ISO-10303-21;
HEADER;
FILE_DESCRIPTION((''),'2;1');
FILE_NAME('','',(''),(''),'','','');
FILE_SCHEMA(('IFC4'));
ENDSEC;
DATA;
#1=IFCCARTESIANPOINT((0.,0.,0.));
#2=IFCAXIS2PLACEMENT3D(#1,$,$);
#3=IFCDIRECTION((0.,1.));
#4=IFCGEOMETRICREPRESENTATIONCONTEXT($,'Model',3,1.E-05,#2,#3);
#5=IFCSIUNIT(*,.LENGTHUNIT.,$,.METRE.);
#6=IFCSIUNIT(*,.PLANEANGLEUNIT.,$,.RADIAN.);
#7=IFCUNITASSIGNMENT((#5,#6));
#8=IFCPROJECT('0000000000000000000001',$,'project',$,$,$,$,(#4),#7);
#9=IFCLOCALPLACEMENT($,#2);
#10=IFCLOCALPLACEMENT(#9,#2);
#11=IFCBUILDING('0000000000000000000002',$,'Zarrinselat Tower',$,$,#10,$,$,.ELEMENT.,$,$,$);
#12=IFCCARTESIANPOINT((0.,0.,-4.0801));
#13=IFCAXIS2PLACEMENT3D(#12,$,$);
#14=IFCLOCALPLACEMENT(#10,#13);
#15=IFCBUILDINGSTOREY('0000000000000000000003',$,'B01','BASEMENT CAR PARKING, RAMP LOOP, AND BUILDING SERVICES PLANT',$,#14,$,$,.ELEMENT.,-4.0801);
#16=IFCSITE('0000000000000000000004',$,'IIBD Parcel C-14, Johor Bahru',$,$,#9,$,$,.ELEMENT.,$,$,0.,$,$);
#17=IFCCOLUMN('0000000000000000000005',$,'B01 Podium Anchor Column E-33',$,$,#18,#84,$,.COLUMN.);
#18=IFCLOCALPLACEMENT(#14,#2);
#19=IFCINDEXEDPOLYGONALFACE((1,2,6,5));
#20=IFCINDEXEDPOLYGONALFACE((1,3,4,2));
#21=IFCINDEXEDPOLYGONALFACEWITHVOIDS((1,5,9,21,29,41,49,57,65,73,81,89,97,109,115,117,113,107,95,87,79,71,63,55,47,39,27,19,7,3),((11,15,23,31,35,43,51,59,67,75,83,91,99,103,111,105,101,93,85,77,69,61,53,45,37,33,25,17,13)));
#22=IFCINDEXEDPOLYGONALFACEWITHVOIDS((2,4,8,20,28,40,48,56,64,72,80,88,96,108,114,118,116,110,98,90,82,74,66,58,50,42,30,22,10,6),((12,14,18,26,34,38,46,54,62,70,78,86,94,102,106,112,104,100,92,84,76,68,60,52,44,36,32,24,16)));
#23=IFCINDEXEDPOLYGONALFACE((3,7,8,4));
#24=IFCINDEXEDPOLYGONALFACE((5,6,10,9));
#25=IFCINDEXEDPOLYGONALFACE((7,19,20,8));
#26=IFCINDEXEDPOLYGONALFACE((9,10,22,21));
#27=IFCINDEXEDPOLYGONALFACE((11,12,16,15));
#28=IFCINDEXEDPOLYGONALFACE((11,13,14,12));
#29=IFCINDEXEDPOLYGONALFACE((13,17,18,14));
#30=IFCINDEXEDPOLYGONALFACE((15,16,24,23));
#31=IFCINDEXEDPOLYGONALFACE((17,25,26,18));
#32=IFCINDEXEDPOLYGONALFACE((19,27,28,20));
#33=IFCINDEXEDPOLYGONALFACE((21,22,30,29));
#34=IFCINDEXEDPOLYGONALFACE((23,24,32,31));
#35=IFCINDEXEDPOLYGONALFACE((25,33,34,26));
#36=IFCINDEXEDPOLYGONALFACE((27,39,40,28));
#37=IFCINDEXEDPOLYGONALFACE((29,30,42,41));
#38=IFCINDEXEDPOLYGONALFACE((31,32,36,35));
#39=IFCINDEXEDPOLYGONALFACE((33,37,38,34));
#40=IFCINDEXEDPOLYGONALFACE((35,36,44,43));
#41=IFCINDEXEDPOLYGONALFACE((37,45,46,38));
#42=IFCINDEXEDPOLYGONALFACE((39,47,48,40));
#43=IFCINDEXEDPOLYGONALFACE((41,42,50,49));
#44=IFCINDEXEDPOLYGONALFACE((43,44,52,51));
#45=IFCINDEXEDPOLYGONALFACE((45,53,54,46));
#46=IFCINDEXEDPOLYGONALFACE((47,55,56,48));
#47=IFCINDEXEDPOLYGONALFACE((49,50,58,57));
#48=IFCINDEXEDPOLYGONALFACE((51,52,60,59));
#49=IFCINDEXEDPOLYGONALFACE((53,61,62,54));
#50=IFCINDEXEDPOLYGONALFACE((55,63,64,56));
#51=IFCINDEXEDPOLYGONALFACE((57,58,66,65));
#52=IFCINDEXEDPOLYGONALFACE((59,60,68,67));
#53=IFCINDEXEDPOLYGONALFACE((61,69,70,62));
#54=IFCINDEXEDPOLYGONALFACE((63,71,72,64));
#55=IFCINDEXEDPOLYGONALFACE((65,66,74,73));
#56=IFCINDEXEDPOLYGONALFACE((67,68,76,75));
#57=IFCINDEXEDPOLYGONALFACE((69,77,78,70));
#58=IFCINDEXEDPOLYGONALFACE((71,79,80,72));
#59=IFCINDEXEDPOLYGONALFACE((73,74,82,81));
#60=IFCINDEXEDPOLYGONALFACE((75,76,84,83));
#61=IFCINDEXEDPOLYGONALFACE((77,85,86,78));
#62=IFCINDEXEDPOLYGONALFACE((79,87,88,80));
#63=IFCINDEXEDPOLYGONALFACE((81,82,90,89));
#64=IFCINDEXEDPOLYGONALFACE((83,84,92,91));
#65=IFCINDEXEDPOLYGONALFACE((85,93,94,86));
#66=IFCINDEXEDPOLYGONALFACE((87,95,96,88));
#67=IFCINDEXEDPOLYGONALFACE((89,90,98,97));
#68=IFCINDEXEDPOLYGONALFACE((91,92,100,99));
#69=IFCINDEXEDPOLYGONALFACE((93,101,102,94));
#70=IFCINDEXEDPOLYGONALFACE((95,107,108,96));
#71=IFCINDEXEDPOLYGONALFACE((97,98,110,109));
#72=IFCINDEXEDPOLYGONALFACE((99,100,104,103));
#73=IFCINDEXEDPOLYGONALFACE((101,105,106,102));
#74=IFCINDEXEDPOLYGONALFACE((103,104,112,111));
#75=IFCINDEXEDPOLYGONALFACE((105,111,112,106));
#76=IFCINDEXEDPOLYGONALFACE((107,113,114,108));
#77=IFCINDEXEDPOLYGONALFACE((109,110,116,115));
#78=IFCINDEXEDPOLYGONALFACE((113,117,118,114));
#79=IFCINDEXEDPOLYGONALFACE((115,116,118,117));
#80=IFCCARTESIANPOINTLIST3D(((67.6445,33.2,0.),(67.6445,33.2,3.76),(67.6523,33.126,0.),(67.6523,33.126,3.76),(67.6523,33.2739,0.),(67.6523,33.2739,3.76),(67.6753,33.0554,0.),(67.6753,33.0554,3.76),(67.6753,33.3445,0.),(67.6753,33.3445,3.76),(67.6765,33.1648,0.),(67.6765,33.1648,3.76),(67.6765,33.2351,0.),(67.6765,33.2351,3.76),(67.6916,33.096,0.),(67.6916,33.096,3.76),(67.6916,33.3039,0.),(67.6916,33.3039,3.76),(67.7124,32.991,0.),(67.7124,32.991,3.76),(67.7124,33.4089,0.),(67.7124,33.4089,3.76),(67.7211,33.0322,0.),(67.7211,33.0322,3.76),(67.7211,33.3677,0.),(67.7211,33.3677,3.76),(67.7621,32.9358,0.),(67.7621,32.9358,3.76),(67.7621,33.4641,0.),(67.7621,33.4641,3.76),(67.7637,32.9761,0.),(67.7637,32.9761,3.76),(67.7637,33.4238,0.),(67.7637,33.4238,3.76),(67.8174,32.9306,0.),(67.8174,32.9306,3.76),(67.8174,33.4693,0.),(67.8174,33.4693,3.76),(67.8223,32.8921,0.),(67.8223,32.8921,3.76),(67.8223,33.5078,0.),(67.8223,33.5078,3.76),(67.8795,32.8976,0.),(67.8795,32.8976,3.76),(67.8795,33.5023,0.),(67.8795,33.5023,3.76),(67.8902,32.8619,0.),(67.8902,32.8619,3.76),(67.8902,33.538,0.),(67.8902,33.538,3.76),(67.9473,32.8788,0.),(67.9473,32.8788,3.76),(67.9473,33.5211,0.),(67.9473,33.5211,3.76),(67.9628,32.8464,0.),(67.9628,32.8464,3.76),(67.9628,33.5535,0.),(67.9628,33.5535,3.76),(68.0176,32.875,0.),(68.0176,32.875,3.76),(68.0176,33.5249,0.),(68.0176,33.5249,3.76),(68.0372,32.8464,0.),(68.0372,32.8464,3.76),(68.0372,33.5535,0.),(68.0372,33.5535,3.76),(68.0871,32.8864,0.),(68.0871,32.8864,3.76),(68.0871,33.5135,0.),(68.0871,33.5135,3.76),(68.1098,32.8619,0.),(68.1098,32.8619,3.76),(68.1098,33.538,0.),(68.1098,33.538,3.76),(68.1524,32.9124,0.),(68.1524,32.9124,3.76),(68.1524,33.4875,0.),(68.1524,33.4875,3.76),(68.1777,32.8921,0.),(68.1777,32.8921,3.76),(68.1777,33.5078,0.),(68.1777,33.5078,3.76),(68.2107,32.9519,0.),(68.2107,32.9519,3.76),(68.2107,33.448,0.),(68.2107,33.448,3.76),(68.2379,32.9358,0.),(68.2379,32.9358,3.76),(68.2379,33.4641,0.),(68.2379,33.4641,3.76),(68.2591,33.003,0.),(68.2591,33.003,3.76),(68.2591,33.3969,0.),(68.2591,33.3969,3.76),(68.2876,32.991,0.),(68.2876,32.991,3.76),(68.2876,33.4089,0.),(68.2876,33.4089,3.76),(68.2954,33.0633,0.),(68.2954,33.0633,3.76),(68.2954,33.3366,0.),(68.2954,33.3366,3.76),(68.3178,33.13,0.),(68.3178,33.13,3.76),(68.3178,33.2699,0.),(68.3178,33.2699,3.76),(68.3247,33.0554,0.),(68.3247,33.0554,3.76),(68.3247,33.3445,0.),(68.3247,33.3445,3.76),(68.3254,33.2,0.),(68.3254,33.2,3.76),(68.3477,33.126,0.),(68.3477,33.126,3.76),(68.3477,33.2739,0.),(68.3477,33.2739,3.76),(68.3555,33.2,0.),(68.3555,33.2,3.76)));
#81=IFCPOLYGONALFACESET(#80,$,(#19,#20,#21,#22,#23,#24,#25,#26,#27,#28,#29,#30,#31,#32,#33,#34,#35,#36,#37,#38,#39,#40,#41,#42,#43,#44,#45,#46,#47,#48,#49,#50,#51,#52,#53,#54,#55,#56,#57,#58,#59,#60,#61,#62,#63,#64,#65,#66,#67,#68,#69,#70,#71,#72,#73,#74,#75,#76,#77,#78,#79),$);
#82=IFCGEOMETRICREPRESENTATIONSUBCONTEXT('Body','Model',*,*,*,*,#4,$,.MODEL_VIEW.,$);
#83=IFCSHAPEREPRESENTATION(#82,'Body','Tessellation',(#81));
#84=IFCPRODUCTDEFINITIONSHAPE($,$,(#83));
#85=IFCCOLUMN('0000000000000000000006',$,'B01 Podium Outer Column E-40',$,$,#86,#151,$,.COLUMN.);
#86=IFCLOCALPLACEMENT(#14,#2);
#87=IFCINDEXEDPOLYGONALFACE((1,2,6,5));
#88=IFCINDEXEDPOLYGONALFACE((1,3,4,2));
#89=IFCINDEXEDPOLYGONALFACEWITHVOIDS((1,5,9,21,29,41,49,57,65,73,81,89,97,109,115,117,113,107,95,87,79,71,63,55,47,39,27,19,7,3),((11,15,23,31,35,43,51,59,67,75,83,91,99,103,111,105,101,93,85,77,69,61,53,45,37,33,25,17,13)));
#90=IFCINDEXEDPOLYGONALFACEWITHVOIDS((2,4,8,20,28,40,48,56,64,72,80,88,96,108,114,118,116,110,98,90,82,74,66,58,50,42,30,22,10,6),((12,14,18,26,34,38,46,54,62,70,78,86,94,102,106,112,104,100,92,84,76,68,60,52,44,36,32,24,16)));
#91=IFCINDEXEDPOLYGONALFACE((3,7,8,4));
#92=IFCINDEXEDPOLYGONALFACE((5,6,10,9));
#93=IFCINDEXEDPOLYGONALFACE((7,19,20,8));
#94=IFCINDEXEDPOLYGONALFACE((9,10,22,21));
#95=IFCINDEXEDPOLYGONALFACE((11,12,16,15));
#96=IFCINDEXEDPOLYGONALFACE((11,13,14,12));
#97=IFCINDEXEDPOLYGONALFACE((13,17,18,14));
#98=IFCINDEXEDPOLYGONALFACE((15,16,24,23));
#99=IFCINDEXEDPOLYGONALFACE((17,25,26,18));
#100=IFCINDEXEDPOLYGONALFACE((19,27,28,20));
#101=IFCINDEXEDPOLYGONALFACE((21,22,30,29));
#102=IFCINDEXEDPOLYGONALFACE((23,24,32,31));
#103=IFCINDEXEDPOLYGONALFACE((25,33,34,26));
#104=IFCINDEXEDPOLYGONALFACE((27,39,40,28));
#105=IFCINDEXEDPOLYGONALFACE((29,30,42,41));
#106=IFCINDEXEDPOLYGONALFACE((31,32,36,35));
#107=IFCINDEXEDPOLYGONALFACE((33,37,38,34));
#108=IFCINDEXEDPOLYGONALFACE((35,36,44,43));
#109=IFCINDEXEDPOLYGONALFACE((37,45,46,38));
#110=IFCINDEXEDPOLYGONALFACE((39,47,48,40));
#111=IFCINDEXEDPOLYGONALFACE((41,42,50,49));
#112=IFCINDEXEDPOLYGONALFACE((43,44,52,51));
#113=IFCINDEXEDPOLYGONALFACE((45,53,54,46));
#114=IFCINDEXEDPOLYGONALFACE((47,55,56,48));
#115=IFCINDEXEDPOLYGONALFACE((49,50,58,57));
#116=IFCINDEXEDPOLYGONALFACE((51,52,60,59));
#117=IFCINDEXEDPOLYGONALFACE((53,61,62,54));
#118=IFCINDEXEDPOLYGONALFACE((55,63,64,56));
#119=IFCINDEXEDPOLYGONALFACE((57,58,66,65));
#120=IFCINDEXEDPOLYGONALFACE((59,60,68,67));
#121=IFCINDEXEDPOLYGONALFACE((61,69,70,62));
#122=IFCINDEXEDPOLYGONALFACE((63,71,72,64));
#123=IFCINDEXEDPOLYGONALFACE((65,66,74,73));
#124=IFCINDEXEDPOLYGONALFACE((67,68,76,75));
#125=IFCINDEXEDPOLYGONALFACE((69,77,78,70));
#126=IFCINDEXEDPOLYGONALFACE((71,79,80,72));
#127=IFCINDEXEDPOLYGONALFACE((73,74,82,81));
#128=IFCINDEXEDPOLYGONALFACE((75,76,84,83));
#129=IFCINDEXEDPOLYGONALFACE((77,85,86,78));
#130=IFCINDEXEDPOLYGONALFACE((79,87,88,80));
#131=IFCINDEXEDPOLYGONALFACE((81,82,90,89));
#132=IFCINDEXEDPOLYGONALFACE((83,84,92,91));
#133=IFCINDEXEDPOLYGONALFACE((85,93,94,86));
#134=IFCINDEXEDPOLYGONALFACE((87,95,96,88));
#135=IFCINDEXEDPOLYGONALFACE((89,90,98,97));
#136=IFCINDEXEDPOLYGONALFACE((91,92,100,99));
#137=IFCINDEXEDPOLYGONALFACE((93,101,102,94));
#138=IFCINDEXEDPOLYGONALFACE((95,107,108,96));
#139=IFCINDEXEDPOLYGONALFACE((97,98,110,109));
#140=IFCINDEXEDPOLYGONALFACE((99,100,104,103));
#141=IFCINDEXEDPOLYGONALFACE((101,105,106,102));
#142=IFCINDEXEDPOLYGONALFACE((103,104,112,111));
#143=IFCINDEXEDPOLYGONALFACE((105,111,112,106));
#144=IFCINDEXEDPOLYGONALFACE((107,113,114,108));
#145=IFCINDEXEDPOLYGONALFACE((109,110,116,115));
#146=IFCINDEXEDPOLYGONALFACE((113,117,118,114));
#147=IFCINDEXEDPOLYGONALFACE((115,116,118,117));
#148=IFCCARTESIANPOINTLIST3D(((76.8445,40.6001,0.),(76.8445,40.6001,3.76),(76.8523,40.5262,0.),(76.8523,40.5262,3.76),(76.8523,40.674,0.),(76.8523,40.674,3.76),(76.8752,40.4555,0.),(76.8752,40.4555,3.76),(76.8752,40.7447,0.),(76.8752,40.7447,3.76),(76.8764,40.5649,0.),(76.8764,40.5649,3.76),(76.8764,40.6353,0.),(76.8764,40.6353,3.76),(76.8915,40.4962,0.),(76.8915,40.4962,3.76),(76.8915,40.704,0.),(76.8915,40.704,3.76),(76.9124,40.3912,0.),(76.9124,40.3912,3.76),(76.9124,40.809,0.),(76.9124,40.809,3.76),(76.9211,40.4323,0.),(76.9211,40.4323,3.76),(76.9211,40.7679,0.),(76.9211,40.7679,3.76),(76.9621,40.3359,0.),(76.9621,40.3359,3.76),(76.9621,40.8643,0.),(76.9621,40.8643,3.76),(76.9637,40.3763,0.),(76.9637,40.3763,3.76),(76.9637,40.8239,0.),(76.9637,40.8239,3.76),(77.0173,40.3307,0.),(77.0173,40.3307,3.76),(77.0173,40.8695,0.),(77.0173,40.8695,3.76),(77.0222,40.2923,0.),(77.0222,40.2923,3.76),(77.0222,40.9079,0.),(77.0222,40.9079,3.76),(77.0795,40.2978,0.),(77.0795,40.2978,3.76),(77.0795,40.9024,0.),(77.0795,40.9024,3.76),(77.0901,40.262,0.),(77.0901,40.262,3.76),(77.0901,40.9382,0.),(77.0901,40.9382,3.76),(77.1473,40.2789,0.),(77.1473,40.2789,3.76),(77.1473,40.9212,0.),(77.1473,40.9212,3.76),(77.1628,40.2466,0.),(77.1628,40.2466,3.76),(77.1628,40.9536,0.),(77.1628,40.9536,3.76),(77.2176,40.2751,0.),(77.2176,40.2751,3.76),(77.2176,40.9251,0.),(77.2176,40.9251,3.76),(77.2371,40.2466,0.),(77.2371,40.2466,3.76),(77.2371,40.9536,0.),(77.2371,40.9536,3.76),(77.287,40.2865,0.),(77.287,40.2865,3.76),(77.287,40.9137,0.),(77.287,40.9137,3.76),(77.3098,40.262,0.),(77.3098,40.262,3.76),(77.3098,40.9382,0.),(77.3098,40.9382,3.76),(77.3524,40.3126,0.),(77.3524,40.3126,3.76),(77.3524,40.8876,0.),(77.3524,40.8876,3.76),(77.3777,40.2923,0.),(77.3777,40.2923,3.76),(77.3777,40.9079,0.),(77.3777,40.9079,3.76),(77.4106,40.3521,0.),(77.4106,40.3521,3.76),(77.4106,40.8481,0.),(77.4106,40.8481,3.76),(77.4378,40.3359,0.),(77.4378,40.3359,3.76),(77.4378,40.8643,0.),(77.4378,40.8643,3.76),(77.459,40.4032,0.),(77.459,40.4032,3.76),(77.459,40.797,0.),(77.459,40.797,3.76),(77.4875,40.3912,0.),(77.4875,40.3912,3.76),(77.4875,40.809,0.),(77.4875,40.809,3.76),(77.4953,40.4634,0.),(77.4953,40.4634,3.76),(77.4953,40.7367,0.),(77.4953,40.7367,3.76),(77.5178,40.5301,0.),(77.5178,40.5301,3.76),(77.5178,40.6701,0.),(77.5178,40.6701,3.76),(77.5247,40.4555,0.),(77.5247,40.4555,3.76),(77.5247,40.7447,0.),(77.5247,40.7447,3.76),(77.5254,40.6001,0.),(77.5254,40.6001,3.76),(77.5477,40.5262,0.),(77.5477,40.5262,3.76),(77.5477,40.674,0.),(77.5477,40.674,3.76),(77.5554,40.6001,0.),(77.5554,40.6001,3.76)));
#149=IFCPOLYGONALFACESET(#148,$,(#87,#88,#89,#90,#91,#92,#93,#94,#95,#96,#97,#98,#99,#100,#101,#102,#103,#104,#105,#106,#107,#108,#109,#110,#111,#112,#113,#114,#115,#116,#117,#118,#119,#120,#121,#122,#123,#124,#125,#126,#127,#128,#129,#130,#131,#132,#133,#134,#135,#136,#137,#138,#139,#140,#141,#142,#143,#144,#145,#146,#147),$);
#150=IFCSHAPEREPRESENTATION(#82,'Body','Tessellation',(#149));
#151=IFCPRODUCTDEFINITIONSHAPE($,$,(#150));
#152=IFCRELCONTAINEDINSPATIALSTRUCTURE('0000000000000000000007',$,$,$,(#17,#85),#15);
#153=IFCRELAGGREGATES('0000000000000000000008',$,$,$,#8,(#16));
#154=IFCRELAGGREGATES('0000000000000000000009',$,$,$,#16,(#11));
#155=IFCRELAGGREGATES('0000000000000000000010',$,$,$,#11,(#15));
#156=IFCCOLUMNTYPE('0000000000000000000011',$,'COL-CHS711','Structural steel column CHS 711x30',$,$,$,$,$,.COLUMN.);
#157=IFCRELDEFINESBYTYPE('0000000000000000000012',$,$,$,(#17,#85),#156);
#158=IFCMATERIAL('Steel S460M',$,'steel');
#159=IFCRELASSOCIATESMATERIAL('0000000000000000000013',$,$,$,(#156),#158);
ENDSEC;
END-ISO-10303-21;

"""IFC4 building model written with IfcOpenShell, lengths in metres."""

from ifc_helpers import new_model, si_unit, direction, frame, origin, origin_2d, place, context, subcontext, project, spatial, hollow_circle, extrude, material, material_profile, profile_set, type_object, element, save


model = new_model("IFC4")

# Units and contexts
model_context = context("Model", 3, precision=1e-05, world=origin(), true_north=direction((0.0, 1.0)))
body_context = subcontext(model_context, "Body", "Model", "MODEL_VIEW")
ifc_project = project(units=[si_unit("LENGTHUNIT", "METRE"), si_unit("PLANEANGLEUNIT", "RADIAN")], contexts=[model_context])

# Site, building, storey
site_placement = place(None, origin())
site = spatial("IfcSite", under=ifc_project, at=site_placement, Name="IIBD Parcel C-14, Johor Bahru", CompositionType="ELEMENT", RefElevation=0.0)
building_placement = place(site_placement, origin())
building = spatial("IfcBuilding", under=site, at=building_placement, Name="Zarrinselat Tower", CompositionType="ELEMENT")
storey_placement = place(building_placement, frame((0.0, 0.0, -4.0801)))
storey = spatial("IfcBuildingStorey", under=building, at=storey_placement, Name="B01", Description="BASEMENT CAR PARKING, RAMP LOOP, AND BUILDING SERVICES PLANT", CompositionType="ELEMENT", Elevation=-4.0801)

# Columns
ifc_material_1 = material(Name="Steel S460M", Category="steel")
ifc_material_profile_1 = material_profile(ifc_material_1, hollow_circle(Radius=0.3555, WallThickness=0.03, at=origin_2d()), Name="CHS 711x30")
ifc_profile_set_1 = profile_set([ifc_material_profile_1], Name="Steel S460M")
column_type_1 = type_object("IfcColumnType", Name="COL-CHS711", Description="Structural steel column CHS 711x30", PredefinedType="COLUMN", material=ifc_profile_set_1)
for number, where, z_axis, x_axis, name in (
    (1, (68.0, 33.2, 0.0), (0.0, 0.0, 1.0), (1.0, 0.0, 0.0), "B01 Podium Anchor Column E-33"),
    (2, (77.2, 40.6001, 0.0), (0.0, 0.0, 1.0), (1.0, 0.0, 0.0), "B01 Podium Outer Column E-40"),
):
    element("IfcColumn", number, at=place(storey_placement, frame(where, z_axis=z_axis, x_axis=x_axis)), inside=storey, type_object=column_type_1, Name=name, PredefinedType="COLUMN", context=body_context, shape_type="SweptSolid", body=[
        extrude(hollow_circle(Radius=0.3555, WallThickness=0.03, at=origin_2d()), origin(), (0.0, 0.0, 1.0), 3.76),
    ])

save(model, "model.ifc")
